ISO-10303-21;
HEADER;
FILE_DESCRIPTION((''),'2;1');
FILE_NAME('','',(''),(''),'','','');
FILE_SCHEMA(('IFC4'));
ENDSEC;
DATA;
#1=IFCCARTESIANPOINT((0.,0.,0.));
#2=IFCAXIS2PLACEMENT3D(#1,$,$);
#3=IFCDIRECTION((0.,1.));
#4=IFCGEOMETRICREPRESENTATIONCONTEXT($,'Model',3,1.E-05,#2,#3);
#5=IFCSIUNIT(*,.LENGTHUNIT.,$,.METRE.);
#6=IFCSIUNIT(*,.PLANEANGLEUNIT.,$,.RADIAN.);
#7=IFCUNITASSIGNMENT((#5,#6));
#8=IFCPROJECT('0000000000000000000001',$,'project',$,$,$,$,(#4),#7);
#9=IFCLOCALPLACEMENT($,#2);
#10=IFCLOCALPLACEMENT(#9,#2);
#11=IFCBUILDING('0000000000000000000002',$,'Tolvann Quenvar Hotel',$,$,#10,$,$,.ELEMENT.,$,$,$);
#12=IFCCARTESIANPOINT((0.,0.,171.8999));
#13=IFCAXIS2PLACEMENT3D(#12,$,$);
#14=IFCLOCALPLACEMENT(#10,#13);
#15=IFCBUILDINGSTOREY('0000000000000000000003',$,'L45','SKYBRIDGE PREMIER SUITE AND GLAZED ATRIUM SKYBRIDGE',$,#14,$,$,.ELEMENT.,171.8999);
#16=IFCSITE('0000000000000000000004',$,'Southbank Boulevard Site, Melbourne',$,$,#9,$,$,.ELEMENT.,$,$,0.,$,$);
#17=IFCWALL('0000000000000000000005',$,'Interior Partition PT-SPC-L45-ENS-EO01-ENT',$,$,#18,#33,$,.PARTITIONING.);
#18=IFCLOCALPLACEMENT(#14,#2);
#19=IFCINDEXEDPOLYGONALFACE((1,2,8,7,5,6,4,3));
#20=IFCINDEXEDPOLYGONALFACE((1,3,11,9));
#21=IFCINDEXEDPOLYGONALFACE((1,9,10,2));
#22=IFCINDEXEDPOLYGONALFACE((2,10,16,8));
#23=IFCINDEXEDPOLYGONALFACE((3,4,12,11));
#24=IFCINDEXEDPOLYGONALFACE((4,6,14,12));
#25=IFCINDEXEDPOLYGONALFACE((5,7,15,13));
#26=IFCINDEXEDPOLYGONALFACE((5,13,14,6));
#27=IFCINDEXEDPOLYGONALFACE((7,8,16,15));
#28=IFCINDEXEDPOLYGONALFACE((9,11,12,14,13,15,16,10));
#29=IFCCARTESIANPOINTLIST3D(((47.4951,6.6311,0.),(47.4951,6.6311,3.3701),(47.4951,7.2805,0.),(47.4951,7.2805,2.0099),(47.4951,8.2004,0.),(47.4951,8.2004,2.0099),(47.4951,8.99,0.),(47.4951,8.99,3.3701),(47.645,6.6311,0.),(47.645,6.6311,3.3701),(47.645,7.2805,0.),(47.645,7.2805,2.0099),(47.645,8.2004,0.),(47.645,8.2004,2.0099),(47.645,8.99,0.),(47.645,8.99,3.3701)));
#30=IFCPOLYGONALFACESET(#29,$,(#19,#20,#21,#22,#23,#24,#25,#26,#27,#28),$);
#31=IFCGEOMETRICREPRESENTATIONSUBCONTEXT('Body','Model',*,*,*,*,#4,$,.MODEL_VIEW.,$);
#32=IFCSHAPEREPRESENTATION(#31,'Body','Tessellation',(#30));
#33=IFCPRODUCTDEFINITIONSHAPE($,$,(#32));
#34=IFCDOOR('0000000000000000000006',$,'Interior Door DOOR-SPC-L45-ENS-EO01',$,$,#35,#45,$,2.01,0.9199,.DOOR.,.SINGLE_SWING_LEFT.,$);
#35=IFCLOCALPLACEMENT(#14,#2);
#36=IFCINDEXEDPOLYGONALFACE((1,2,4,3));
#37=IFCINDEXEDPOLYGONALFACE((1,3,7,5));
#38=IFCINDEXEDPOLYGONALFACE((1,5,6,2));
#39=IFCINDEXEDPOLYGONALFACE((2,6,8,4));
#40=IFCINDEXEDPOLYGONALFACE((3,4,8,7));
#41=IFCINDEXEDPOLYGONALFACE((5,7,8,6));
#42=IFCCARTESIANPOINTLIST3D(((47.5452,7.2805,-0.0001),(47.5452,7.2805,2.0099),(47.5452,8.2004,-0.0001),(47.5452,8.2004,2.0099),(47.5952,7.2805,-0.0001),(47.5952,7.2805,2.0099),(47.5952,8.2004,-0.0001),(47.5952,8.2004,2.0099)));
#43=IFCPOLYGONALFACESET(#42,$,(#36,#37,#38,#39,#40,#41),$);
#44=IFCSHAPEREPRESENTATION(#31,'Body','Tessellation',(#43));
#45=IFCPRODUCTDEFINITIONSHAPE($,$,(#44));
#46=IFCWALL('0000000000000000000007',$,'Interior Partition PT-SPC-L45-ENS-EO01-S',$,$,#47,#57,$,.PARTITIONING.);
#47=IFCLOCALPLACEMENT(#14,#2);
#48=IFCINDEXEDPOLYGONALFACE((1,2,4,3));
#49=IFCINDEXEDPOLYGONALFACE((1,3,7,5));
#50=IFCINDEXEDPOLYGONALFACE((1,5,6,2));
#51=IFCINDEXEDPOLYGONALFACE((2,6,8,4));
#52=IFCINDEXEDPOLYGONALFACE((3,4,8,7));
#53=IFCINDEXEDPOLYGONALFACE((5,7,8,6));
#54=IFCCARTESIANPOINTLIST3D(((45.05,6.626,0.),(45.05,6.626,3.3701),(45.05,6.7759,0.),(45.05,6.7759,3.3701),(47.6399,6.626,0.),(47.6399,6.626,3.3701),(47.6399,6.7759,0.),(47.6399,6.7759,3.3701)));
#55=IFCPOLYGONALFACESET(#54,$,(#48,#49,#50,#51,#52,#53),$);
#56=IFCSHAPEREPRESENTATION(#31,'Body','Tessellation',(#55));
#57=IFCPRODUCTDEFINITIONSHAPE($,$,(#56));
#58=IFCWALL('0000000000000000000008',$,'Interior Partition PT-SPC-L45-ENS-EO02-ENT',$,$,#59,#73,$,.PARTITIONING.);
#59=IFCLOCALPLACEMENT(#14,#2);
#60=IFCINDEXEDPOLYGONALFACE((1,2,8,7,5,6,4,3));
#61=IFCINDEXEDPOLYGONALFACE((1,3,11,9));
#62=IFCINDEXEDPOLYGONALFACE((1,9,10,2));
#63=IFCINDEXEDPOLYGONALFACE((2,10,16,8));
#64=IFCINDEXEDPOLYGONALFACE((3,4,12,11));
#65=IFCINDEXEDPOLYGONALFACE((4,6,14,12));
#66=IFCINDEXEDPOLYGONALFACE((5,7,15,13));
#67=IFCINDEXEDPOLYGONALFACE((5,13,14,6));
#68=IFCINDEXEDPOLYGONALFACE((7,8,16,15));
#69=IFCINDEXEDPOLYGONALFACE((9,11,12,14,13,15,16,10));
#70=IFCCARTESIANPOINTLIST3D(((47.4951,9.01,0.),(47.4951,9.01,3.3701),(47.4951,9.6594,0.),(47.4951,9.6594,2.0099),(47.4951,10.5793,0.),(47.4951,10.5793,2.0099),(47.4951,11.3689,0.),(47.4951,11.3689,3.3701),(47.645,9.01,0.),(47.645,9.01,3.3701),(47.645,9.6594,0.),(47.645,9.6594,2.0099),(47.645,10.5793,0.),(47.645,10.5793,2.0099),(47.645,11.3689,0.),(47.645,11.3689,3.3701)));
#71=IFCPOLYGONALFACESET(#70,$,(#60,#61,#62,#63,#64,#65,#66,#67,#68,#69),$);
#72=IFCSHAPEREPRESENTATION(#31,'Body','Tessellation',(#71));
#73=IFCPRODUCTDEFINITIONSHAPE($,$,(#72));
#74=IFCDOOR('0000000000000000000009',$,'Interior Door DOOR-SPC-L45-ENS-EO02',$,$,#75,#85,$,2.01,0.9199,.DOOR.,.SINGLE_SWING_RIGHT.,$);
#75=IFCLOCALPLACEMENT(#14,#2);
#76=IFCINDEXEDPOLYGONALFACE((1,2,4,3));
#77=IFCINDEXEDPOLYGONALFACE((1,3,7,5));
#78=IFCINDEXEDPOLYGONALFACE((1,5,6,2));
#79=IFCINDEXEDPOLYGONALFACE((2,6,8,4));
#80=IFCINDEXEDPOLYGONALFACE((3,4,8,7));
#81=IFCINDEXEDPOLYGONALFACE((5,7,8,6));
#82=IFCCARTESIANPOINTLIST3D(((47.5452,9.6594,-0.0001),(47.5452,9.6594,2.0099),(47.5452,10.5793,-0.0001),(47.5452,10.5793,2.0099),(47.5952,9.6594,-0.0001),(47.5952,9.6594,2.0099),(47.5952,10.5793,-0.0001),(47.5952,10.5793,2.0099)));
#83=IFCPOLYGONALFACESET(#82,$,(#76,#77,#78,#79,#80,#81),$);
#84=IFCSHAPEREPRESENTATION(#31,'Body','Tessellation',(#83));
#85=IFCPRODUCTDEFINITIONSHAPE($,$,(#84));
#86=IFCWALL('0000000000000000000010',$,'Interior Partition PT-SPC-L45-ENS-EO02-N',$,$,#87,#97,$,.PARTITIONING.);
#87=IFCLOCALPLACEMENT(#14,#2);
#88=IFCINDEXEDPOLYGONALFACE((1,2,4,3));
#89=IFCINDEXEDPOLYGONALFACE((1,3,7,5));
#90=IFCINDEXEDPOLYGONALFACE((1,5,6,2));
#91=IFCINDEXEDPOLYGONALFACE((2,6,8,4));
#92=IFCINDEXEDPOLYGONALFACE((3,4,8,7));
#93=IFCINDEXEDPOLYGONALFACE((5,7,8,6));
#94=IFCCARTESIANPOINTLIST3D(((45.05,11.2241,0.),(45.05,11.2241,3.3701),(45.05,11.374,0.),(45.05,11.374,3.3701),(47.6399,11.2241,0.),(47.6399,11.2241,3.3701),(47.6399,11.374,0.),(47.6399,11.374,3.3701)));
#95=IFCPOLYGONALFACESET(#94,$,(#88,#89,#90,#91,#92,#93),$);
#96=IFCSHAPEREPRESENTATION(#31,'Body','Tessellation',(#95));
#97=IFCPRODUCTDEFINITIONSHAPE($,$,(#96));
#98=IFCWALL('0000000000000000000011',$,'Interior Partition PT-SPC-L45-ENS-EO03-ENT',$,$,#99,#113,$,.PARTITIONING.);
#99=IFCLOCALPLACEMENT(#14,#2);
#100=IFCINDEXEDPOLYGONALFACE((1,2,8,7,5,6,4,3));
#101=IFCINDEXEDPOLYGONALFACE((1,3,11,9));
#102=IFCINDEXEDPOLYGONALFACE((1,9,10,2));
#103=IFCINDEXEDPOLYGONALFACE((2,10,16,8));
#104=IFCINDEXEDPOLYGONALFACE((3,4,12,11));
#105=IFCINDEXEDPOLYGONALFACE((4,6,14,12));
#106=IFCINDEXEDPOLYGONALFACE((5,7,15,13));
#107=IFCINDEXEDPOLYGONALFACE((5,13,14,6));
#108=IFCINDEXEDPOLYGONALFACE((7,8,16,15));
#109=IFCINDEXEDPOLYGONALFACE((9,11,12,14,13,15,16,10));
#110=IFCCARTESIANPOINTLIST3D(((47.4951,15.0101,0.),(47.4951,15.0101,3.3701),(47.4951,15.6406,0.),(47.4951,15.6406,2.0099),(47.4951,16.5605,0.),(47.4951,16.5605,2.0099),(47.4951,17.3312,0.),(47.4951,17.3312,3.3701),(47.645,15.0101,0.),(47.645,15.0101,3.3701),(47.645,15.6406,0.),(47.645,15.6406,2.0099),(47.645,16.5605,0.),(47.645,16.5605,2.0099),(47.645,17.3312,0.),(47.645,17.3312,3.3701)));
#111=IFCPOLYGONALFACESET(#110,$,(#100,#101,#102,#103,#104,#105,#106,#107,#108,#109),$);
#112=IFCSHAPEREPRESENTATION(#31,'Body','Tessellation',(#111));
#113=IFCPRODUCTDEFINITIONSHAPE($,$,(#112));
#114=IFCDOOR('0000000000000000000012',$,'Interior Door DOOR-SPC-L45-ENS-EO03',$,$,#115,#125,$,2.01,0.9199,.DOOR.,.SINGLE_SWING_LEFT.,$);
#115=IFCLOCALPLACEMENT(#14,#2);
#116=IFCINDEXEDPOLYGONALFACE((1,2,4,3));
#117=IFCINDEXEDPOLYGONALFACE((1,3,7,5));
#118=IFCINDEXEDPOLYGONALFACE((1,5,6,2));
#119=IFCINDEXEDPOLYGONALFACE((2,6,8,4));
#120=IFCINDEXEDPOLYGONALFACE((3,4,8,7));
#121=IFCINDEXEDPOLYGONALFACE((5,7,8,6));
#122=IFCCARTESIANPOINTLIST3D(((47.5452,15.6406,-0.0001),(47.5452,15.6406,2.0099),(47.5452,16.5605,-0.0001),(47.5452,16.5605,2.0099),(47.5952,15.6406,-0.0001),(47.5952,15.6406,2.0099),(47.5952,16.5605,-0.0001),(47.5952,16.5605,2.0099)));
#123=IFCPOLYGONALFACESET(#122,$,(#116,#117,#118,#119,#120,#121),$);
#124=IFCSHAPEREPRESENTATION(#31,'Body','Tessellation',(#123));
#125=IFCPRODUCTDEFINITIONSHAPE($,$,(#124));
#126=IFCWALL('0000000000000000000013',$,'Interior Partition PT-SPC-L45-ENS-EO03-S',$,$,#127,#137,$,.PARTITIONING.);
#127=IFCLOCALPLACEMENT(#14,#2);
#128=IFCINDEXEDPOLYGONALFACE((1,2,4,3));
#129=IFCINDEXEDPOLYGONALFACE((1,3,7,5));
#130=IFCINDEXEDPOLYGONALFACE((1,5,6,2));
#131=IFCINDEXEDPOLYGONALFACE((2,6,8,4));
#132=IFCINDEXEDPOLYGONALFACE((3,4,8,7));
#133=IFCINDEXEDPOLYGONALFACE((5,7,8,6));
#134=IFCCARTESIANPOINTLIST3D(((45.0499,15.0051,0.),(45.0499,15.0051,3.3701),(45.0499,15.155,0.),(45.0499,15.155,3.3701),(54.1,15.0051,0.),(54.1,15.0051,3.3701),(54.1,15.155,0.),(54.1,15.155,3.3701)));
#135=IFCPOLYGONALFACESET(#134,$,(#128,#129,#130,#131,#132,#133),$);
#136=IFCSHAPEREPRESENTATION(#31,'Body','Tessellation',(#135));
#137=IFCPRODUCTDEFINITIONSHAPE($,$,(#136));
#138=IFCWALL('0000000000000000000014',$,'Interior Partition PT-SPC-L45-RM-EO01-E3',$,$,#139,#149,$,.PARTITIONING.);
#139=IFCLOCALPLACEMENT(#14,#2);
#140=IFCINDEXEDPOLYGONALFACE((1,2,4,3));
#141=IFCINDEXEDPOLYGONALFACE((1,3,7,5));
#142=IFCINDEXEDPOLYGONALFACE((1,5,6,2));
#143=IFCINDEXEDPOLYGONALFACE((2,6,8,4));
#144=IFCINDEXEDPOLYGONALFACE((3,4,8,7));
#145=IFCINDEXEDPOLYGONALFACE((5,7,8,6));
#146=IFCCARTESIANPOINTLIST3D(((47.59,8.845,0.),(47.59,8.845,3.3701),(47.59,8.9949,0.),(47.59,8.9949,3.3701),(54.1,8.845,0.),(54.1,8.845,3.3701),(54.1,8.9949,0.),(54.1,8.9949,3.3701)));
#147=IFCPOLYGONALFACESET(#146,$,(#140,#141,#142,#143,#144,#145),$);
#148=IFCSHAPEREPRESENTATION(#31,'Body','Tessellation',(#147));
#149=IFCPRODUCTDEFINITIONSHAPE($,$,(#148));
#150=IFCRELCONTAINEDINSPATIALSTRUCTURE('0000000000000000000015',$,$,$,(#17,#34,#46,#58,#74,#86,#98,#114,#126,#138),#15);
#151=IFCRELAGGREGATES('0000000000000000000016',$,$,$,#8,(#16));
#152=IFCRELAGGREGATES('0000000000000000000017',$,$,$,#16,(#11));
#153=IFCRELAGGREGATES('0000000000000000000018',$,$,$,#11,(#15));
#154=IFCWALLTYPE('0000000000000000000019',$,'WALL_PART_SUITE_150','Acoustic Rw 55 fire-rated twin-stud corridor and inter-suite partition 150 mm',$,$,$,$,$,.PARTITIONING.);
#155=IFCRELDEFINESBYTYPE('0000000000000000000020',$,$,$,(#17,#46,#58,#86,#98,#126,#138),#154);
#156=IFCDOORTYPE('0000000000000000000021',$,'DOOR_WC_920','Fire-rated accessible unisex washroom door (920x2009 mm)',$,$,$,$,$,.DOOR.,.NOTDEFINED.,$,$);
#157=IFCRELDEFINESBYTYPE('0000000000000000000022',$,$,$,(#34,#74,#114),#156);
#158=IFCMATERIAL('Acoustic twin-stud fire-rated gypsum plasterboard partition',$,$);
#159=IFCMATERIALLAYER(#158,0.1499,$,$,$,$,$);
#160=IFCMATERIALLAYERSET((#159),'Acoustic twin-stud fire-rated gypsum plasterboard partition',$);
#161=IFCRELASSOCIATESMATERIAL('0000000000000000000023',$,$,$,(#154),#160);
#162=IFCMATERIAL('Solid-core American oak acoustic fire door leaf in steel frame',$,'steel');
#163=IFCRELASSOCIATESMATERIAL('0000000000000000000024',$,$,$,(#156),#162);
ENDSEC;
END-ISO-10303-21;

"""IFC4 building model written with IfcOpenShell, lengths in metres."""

from ifc_helpers import new_model, si_unit, direction, frame, frame_2d, origin, place, context, subcontext, project, spatial, rectangle, extrude, source, transform, mapped, material, layer, layer_set, type_object, type_shapes, element, fill, save


model = new_model("IFC4")

# Units and contexts
model_context = context("Model", 3, precision=1e-05, world=origin(), true_north=direction((0.0, 1.0)))
body_context = subcontext(model_context, "Body", "Model", "MODEL_VIEW")
ifc_project = project(units=[si_unit("LENGTHUNIT", "METRE"), si_unit("PLANEANGLEUNIT", "RADIAN")], contexts=[model_context])

# Site, building, storey
site_placement = place(None, origin())
site = spatial("IfcSite", under=ifc_project, at=site_placement, Name="Southbank Boulevard Site, Melbourne", CompositionType="ELEMENT", RefElevation=0.0)
building_placement = place(site_placement, origin())
building = spatial("IfcBuilding", under=site, at=building_placement, Name="Tolvann Quenvar Hotel", CompositionType="ELEMENT")
storey_placement = place(building_placement, frame((0.0, 0.0, 171.8999)))
storey = spatial("IfcBuildingStorey", under=building, at=storey_placement, Name="L45", Description="SKYBRIDGE PREMIER SUITE AND GLAZED ATRIUM SKYBRIDGE", CompositionType="ELEMENT", Elevation=171.8999)

# Wall, opening, door
ifc_material_1 = material(Name="Acoustic twin-stud fire-rated gypsum plasterboard partition")
ifc_layer_1 = layer(ifc_material_1, 0.1499)
ifc_layer_set_1 = layer_set([ifc_layer_1], Name="Acoustic twin-stud fire-rated gypsum plasterboard partition")
wall_type_1 = type_object("IfcWallType", Name="WALL_PART_SUITE_150", Description="Acoustic Rw 55 fire-rated twin-stud corridor and inter-suite partition 150 mm", PredefinedType="PARTITIONING", material=ifc_layer_set_1)
wall_1_placement = place(storey_placement, frame((47.5701, 6.6311, 0.0), z_axis=(0.0, 0.0, 1.0), x_axis=(0.0, 1.0, 0.0)))
wall_1 = element("IfcWall", 1, at=wall_1_placement, inside=storey, type_object=wall_type_1, Name="Interior Partition PT-SPC-L45-ENS-EO01-ENT", PredefinedType="PARTITIONING", context=body_context, shape_type="SweptSolid", body=[
    extrude(rectangle(XDim=2.3589, YDim=0.1499, at=frame_2d((1.1794, 0.0))), origin(), (0.0, 0.0, 1.0), 3.3701),
])
opening_1_placement = place(wall_1_placement, frame((0.6494, 0.0, 0.0)))
opening_1 = element("IfcOpeningElement", 2, at=opening_1_placement, cuts=wall_1, PredefinedType="OPENING", context=body_context, shape_type="SweptSolid", body=[
    extrude(rectangle(XDim=0.9199, YDim=2.01, at=frame_2d((0.46, 1.0049))), frame((0.0, 0.085, 0.0), z_axis=(0.0, -1.0, 0.0), x_axis=(1.0, 0.0, 0.0)), (0.0, 0.0, 1.0), 0.1699),
])
ifc_material_2 = material(Name="Solid-core American oak acoustic fire door leaf in steel frame", Category="steel")
door_type_1 = type_object("IfcDoorType", Name="DOOR_WC_920", Description="Fire-rated accessible unisex washroom door (920x2009 mm)", OperationType="NOTDEFINED", PredefinedType="DOOR", material=ifc_material_2)
shared_shape_1 = source(origin(), body_context, "Body", "SweptSolid", [
    extrude(rectangle(XDim=0.9199, YDim=2.01, at=frame_2d((0.46, 1.0049))), frame((0.0, 0.0249, 0.0), z_axis=(0.0, -1.0, 0.0), x_axis=(1.0, 0.0, 0.0)), (0.0, 0.0, 1.0), 0.05),
])
type_shapes(door_type_1, [shared_shape_1])
door_1_placement = place(opening_1_placement, origin())
door_1 = element("IfcDoor", 3, at=door_1_placement, inside=storey, type_object=door_type_1, Name="Interior Door DOOR-SPC-L45-ENS-EO01", OperationType="SINGLE_SWING_LEFT", OverallHeight=2.01, OverallWidth=0.9199, PredefinedType="DOOR", context=body_context, shape_type="MappedRepresentation", body=[
    mapped(shared_shape_1, transform((0.0, 0.0, 0.0), x_axis=(1.0, 0.0, 0.0), y_axis=(0.0, 1.0, 0.0), z_axis=(0.0, 0.0, 1.0), scale=1.0)),
])
fill(opening_1, door_1)

# Wall
wall_2_placement = place(storey_placement, frame((45.05, 6.7009, 0.0), z_axis=(0.0, 0.0, 1.0), x_axis=(1.0, 0.0, 0.0)))
element("IfcWall", 4, at=wall_2_placement, inside=storey, type_object=wall_type_1, Name="Interior Partition PT-SPC-L45-ENS-EO01-S", PredefinedType="PARTITIONING", context=body_context, shape_type="SweptSolid", body=[
    extrude(rectangle(XDim=2.5898, YDim=0.1499, at=frame_2d((1.2949, 0.0))), origin(), (0.0, 0.0, 1.0), 3.3701),
])

# Wall, opening, door
wall_3_placement = place(storey_placement, frame((47.5701, 9.01, 0.0), z_axis=(0.0, 0.0, 1.0), x_axis=(0.0, 1.0, 0.0)))
wall_3 = element("IfcWall", 5, at=wall_3_placement, inside=storey, type_object=wall_type_1, Name="Interior Partition PT-SPC-L45-ENS-EO02-ENT", PredefinedType="PARTITIONING", context=body_context, shape_type="SweptSolid", body=[
    extrude(rectangle(XDim=2.3589, YDim=0.1499, at=frame_2d((1.1794, 0.0))), origin(), (0.0, 0.0, 1.0), 3.3701),
])
opening_2_placement = place(wall_3_placement, frame((0.6494, 0.0, 0.0)))
opening_2 = element("IfcOpeningElement", 6, at=opening_2_placement, cuts=wall_3, PredefinedType="OPENING", context=body_context, shape_type="SweptSolid", body=[
    extrude(rectangle(XDim=0.9199, YDim=2.01, at=frame_2d((0.46, 1.0049))), frame((0.0, 0.085, 0.0), z_axis=(0.0, -1.0, 0.0), x_axis=(1.0, 0.0, 0.0)), (0.0, 0.0, 1.0), 0.1699),
])
door_2_placement = place(opening_2_placement, origin())
door_2 = element("IfcDoor", 7, at=door_2_placement, inside=storey, type_object=door_type_1, Name="Interior Door DOOR-SPC-L45-ENS-EO02", OperationType="SINGLE_SWING_RIGHT", OverallHeight=2.01, OverallWidth=0.9199, PredefinedType="DOOR", context=body_context, shape_type="MappedRepresentation", body=[
    mapped(shared_shape_1, transform((0.0, 0.0, 0.0), x_axis=(1.0, 0.0, 0.0), y_axis=(0.0, 1.0, 0.0), z_axis=(0.0, 0.0, 1.0), scale=1.0)),
])
fill(opening_2, door_2)

# Wall
wall_4_placement = place(storey_placement, frame((45.05, 11.2991, 0.0), z_axis=(0.0, 0.0, 1.0), x_axis=(1.0, 0.0, 0.0)))
element("IfcWall", 8, at=wall_4_placement, inside=storey, type_object=wall_type_1, Name="Interior Partition PT-SPC-L45-ENS-EO02-N", PredefinedType="PARTITIONING", context=body_context, shape_type="SweptSolid", body=[
    extrude(rectangle(XDim=2.5898, YDim=0.1499, at=frame_2d((1.2949, 0.0))), origin(), (0.0, 0.0, 1.0), 3.3701),
])

# Wall, opening, door
wall_5_placement = place(storey_placement, frame((47.5701, 15.01, 0.0), z_axis=(0.0, 0.0, 1.0), x_axis=(0.0, 1.0, 0.0)))
wall_5 = element("IfcWall", 9, at=wall_5_placement, inside=storey, type_object=wall_type_1, Name="Interior Partition PT-SPC-L45-ENS-EO03-ENT", PredefinedType="PARTITIONING", context=body_context, shape_type="SweptSolid", body=[
    extrude(rectangle(XDim=2.321, YDim=0.1499, at=frame_2d((1.1606, 0.0))), origin(), (0.0, 0.0, 1.0), 3.3701),
])
opening_3_placement = place(wall_5_placement, frame((0.6306, 0.0, 0.0)))
opening_3 = element("IfcOpeningElement", 10, at=opening_3_placement, cuts=wall_5, PredefinedType="OPENING", context=body_context, shape_type="SweptSolid", body=[
    extrude(rectangle(XDim=0.9199, YDim=2.01, at=frame_2d((0.46, 1.0049))), frame((0.0, 0.085, 0.0), z_axis=(0.0, -1.0, 0.0), x_axis=(1.0, 0.0, 0.0)), (0.0, 0.0, 1.0), 0.1699),
])
door_3_placement = place(opening_3_placement, origin())
door_3 = element("IfcDoor", 11, at=door_3_placement, inside=storey, type_object=door_type_1, Name="Interior Door DOOR-SPC-L45-ENS-EO03", OperationType="SINGLE_SWING_LEFT", OverallHeight=2.01, OverallWidth=0.9199, PredefinedType="DOOR", context=body_context, shape_type="MappedRepresentation", body=[
    mapped(shared_shape_1, transform((0.0, 0.0, 0.0), x_axis=(1.0, 0.0, 0.0), y_axis=(0.0, 1.0, 0.0), z_axis=(0.0, 0.0, 1.0), scale=1.0)),
])
fill(opening_3, door_3)

# Wall
wall_6_placement = place(storey_placement, frame((45.05, 15.0801, 0.0), z_axis=(0.0, 0.0, 1.0), x_axis=(1.0, 0.0, 0.0)))
element("IfcWall", 12, at=wall_6_placement, inside=storey, type_object=wall_type_1, Name="Interior Partition PT-SPC-L45-ENS-EO03-S", PredefinedType="PARTITIONING", context=body_context, shape_type="SweptSolid", body=[
    extrude(rectangle(XDim=9.05, YDim=0.1499, at=frame_2d((4.5249, 0.0))), origin(), (0.0, 0.0, 1.0), 3.3701),
])

# Wall
wall_7_placement = place(storey_placement, frame((47.5901, 8.9199, 0.0), z_axis=(0.0, 0.0, 1.0), x_axis=(1.0, 0.0, 0.0)))
element("IfcWall", 13, at=wall_7_placement, inside=storey, type_object=wall_type_1, Name="Interior Partition PT-SPC-L45-RM-EO01-E3", PredefinedType="PARTITIONING", context=body_context, shape_type="SweptSolid", body=[
    extrude(rectangle(XDim=6.51, YDim=0.1499, at=frame_2d((3.2549, 0.0))), origin(), (0.0, 0.0, 1.0), 3.3701),
])

save(model, "model.ifc")
